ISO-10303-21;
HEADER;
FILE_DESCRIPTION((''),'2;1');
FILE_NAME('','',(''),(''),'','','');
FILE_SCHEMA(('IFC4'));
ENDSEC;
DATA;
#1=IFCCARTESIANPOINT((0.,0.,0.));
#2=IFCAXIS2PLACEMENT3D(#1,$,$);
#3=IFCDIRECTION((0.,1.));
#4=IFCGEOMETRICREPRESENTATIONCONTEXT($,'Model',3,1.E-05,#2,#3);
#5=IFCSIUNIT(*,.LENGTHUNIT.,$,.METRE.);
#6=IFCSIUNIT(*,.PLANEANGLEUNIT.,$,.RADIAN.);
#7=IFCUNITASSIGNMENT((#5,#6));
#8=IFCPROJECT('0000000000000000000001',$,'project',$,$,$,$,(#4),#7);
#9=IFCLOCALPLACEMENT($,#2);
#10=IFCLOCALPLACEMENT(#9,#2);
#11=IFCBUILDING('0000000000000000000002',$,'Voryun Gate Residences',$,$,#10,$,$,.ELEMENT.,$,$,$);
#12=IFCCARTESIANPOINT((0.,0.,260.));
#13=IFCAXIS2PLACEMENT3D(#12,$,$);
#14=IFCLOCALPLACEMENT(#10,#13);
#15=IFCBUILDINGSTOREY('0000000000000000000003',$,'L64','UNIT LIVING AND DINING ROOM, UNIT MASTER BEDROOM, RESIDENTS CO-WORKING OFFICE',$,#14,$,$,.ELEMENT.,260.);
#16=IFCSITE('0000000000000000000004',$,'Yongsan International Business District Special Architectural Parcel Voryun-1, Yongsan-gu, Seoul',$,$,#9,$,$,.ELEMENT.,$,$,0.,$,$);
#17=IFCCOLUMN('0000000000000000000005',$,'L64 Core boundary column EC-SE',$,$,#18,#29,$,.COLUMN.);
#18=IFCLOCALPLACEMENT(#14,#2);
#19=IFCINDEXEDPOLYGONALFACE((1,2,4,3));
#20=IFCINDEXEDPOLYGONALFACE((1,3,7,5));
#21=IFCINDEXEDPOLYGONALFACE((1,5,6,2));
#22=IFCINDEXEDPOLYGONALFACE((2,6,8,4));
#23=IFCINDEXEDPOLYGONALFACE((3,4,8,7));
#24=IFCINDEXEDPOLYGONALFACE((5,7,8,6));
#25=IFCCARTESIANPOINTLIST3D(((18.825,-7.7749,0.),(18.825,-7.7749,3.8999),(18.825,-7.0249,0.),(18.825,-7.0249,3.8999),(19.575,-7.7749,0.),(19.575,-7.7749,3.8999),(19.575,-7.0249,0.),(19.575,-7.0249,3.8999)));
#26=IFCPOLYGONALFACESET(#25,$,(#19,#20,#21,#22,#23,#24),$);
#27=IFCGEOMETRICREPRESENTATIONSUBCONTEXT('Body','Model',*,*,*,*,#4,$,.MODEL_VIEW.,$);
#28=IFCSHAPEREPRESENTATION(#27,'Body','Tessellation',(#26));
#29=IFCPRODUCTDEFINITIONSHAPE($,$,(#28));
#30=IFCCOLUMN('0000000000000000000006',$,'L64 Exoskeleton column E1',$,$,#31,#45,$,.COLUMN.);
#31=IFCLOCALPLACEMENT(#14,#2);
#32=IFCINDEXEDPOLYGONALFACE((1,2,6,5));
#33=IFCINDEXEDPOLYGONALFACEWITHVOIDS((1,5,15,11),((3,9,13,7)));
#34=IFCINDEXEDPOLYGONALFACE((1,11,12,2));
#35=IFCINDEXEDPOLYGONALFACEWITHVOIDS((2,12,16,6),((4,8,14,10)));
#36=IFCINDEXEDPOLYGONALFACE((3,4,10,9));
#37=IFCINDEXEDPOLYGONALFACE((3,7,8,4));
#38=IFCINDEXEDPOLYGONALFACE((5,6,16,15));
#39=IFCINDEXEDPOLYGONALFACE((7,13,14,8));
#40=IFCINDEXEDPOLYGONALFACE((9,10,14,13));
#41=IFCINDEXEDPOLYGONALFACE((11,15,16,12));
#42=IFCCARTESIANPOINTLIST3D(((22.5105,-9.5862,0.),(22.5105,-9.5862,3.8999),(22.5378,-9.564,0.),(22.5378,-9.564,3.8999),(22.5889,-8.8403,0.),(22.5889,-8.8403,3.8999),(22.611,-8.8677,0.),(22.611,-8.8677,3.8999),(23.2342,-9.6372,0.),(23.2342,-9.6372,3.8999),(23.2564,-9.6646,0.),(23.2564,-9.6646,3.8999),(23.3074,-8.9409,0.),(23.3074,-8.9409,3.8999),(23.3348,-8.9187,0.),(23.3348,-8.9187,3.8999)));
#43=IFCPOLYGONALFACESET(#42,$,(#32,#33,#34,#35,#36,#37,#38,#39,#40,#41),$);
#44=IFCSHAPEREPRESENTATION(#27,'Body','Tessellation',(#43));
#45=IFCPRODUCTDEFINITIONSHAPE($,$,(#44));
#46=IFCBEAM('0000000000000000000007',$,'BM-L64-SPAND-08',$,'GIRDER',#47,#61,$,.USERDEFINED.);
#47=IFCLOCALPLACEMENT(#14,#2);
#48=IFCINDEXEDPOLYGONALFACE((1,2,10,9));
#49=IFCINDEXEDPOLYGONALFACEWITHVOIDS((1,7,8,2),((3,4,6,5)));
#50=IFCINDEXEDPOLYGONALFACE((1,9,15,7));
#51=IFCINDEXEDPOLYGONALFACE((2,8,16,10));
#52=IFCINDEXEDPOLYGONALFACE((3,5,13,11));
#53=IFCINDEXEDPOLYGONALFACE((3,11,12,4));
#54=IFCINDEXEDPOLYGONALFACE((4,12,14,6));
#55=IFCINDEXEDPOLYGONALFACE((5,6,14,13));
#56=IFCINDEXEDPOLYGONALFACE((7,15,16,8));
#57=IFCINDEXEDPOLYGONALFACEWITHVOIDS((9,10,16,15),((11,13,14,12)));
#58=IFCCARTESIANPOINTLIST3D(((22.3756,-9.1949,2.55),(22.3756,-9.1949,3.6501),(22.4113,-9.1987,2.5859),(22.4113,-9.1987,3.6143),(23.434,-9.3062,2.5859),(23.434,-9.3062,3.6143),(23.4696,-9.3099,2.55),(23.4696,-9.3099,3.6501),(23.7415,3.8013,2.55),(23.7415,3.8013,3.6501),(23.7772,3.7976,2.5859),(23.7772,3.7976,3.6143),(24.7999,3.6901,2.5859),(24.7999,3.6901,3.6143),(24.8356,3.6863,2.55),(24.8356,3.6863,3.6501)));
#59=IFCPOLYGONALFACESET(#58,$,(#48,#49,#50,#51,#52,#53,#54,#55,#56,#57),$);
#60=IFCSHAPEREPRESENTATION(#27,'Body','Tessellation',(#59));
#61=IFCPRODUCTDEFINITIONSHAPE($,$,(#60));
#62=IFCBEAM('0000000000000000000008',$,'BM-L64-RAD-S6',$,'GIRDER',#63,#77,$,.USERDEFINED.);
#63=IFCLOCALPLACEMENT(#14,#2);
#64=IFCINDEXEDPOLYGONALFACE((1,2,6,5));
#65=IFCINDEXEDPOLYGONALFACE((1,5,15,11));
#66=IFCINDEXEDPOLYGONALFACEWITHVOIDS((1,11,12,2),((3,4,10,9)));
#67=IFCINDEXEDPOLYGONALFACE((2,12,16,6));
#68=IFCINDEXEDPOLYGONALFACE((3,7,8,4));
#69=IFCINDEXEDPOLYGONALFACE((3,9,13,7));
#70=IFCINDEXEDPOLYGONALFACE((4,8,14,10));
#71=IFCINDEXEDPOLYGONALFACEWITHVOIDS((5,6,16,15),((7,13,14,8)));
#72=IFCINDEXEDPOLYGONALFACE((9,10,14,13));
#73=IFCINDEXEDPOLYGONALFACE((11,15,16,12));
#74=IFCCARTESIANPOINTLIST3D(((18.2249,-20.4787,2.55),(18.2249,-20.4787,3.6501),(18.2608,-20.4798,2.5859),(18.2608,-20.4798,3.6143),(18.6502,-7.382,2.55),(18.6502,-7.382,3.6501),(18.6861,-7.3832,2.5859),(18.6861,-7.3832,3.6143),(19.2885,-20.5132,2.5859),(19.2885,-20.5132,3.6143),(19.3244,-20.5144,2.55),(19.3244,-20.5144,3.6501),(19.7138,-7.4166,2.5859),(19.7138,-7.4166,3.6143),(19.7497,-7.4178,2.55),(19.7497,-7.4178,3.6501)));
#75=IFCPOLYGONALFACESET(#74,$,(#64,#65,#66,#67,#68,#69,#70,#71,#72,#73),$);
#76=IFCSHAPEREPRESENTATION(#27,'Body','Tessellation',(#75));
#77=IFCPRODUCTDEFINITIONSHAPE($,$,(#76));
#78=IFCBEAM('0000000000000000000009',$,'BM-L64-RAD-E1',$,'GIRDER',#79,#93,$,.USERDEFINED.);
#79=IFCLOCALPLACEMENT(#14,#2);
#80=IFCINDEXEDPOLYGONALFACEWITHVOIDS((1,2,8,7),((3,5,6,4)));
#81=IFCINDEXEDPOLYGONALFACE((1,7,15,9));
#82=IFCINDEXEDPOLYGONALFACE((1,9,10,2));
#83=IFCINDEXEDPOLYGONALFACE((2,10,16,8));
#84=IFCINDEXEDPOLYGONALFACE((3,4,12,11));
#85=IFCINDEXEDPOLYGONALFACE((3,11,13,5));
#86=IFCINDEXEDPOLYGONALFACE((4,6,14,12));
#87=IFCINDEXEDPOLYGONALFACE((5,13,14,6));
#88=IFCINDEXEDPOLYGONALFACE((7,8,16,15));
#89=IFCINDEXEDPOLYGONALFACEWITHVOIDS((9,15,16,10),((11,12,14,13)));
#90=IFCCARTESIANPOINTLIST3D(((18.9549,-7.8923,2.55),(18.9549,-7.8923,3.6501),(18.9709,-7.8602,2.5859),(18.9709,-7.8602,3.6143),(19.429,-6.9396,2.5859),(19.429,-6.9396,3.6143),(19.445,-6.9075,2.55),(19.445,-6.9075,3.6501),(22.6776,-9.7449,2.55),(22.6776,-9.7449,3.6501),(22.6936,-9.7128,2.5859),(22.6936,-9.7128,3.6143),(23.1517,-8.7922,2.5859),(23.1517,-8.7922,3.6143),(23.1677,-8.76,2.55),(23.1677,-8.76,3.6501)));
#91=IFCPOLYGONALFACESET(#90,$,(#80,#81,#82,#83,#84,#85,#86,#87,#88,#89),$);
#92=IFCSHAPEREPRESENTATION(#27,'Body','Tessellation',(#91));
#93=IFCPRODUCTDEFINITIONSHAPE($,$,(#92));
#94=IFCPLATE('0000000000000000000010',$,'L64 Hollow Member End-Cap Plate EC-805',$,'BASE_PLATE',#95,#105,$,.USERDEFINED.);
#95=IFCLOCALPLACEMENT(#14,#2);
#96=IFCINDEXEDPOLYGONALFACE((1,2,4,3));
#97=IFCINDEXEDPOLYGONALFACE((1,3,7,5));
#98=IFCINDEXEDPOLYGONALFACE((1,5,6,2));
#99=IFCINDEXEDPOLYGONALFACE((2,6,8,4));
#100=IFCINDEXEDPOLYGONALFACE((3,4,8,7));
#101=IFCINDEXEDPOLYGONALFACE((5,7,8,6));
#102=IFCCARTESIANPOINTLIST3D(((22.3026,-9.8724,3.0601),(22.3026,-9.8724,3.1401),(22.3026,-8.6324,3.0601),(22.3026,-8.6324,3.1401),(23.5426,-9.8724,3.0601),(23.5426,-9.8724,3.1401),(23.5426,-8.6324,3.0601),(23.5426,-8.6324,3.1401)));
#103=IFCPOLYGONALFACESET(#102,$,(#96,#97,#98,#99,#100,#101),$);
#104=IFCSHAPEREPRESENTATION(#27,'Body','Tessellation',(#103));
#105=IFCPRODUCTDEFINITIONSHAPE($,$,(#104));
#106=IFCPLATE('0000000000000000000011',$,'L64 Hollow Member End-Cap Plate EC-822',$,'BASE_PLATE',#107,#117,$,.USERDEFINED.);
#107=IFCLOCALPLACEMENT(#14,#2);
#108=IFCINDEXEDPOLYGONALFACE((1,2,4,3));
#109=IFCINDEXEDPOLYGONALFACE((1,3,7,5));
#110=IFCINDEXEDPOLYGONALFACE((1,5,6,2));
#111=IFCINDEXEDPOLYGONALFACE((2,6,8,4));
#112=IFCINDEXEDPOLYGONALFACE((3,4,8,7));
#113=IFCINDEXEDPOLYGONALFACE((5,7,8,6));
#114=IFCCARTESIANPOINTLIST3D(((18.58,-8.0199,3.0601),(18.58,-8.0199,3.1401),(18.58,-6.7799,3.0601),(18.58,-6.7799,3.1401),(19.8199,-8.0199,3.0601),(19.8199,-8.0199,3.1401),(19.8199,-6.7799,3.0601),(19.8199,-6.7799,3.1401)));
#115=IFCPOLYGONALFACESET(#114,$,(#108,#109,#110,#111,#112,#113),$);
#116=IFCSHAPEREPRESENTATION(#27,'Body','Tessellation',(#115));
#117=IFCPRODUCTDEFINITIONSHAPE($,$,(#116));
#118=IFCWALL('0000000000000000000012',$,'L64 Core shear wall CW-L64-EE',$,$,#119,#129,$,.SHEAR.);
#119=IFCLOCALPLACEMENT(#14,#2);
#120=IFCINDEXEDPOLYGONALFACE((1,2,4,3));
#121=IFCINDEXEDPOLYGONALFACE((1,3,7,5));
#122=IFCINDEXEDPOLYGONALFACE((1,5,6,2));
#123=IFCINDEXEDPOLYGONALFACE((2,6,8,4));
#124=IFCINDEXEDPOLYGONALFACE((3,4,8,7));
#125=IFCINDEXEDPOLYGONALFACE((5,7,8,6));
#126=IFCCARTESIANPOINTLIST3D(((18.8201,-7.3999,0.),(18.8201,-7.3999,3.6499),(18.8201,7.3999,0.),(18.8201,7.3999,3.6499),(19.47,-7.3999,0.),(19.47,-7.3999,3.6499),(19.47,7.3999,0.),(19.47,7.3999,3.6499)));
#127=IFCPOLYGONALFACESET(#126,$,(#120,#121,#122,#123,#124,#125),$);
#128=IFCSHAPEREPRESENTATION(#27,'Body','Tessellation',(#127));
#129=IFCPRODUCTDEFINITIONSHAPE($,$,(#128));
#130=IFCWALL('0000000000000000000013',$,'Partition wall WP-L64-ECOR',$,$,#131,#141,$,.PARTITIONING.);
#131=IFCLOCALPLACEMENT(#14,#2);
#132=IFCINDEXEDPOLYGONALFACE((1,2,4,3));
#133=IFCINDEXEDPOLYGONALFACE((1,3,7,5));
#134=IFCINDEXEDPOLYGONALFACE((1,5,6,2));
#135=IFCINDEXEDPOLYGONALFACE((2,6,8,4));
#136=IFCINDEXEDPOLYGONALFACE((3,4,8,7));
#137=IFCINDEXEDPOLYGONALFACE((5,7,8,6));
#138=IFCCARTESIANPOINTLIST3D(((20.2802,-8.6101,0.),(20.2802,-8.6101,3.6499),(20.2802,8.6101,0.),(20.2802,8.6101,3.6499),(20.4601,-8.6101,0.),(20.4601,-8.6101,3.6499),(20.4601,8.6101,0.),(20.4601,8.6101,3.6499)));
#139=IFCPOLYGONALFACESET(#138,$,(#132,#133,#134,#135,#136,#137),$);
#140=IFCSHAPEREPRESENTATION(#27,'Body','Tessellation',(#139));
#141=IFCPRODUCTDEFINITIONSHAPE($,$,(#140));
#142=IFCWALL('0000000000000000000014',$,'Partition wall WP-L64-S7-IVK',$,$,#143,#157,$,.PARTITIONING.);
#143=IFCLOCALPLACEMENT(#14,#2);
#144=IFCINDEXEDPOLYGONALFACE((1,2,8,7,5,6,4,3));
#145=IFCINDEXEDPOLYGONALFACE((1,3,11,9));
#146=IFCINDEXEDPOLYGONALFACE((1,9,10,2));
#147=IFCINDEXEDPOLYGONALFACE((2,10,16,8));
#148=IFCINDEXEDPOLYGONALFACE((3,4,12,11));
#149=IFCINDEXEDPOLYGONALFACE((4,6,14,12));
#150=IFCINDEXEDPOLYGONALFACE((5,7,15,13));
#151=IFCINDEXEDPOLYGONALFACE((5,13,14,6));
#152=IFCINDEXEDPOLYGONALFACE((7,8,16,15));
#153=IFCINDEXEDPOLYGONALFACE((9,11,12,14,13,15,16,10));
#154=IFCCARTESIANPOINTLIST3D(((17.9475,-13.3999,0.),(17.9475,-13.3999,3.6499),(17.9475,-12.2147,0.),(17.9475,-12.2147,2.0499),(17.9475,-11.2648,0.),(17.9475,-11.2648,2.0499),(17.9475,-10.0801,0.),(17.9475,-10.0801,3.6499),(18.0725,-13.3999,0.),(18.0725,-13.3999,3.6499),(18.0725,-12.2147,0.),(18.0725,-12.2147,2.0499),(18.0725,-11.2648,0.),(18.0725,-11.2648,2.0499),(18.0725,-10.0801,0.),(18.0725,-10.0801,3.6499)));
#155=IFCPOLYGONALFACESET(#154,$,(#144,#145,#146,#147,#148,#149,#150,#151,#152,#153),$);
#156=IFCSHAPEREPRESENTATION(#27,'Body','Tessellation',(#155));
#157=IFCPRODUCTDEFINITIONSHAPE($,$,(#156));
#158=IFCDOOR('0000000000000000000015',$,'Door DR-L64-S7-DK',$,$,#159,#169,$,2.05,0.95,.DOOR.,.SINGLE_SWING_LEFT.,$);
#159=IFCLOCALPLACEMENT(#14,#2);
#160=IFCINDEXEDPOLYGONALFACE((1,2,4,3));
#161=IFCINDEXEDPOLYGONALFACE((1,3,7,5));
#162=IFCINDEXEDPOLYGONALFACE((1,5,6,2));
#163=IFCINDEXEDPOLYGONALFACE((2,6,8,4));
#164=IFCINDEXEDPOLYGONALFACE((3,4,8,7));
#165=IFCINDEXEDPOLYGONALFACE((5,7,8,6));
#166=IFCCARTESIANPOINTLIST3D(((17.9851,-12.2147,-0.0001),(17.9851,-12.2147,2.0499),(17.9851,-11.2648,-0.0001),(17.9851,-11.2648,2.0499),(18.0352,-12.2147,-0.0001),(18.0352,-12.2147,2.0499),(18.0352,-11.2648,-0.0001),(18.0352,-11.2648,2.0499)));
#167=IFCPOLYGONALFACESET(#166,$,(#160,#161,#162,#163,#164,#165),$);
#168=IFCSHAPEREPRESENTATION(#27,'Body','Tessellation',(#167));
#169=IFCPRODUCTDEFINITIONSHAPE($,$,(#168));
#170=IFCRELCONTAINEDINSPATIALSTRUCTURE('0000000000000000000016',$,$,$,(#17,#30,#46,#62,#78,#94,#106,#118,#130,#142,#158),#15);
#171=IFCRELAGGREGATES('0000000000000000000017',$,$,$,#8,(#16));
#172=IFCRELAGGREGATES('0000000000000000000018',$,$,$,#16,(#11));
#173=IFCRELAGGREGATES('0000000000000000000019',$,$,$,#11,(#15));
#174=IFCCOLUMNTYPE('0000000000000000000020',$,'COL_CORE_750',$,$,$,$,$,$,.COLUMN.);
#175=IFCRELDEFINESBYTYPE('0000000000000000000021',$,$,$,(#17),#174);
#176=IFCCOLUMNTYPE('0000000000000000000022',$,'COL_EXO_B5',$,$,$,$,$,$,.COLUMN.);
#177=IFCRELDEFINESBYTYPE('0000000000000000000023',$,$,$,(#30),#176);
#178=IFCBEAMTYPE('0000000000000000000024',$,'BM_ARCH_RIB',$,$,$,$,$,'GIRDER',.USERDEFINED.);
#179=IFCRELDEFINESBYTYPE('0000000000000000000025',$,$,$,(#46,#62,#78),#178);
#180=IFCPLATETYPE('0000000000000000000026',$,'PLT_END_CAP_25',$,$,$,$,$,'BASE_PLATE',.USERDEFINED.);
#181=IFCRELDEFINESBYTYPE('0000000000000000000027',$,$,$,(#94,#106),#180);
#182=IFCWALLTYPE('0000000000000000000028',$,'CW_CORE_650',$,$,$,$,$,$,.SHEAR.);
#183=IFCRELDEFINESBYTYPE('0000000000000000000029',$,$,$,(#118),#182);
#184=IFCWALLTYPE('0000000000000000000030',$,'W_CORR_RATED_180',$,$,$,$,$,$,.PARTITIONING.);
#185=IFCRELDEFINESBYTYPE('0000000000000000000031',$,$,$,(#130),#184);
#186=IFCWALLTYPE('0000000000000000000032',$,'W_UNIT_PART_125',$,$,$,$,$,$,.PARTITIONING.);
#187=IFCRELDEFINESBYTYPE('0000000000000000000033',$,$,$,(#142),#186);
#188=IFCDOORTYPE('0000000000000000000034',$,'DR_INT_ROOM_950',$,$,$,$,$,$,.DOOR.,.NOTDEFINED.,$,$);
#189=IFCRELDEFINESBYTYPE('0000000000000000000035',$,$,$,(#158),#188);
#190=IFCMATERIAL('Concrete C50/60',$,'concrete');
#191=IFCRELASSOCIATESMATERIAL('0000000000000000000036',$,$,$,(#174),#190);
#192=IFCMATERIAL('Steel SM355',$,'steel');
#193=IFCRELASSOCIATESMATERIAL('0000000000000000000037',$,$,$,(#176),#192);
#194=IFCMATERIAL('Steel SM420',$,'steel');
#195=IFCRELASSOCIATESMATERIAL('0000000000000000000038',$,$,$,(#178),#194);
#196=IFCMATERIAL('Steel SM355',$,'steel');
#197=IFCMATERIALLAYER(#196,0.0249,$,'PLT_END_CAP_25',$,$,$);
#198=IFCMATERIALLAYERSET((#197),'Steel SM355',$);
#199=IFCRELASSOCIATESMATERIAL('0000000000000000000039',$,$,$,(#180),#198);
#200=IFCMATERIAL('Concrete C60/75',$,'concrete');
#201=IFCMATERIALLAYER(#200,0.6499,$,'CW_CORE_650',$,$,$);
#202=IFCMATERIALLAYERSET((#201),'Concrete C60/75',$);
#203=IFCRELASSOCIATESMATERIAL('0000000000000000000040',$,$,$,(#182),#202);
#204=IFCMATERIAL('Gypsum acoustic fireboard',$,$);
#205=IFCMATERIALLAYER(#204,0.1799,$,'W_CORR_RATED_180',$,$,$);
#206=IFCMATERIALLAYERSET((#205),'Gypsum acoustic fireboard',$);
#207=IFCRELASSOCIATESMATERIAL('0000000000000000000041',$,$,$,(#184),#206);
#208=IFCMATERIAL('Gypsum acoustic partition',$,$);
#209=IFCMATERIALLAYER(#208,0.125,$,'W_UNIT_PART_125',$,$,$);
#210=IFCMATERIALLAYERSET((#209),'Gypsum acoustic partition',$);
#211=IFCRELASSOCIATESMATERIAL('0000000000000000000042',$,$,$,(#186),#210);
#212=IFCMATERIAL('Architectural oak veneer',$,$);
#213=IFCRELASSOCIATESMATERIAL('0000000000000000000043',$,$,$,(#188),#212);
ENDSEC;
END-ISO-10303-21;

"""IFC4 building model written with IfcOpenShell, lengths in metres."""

from ifc_helpers import new_model, si_unit, direction, frame, frame_2d, origin, origin_2d, place, context, subcontext, project, spatial, rectangle, hollow_rectangle, extrude, material, layer, layer_set, material_profile, profile_set, type_object, element, fill, save


model = new_model("IFC4")

# Units and contexts
model_context = context("Model", 3, precision=1e-05, world=origin(), true_north=direction((0.0, 1.0)))
body_context = subcontext(model_context, "Body", "Model", "MODEL_VIEW")
ifc_project = project(units=[si_unit("LENGTHUNIT", "METRE"), si_unit("PLANEANGLEUNIT", "RADIAN")], contexts=[model_context])

# Site, building, storey
site_placement = place(None, origin())
site = spatial("IfcSite", under=ifc_project, at=site_placement, Name="Yongsan International Business District Special Architectural Parcel Voryun-1, Yongsan-gu, Seoul", CompositionType="ELEMENT", RefElevation=0.0)
building_placement = place(site_placement, origin())
building = spatial("IfcBuilding", under=site, at=building_placement, Name="Voryun Gate Residences", CompositionType="ELEMENT")
storey_placement = place(building_placement, frame((0.0, 0.0, 260.0)))
storey = spatial("IfcBuildingStorey", under=building, at=storey_placement, Name="L64", Description="UNIT LIVING AND DINING ROOM, UNIT MASTER BEDROOM, RESIDENTS CO-WORKING OFFICE", CompositionType="ELEMENT", Elevation=260.0)

# Columns
ifc_material_1 = material(Name="Concrete C50/60", Category="concrete")
ifc_material_profile_1 = material_profile(ifc_material_1, rectangle(XDim=0.75, YDim=0.75, at=origin_2d()), Name="RC-750x750")
ifc_profile_set_1 = profile_set([ifc_material_profile_1], Name="Concrete C50/60")
column_type_1 = type_object("IfcColumnType", Name="COL_CORE_750", PredefinedType="COLUMN", material=ifc_profile_set_1)
column_1_placement = place(storey_placement, frame((19.2, -7.3999, 0.0), z_axis=(0.0, 0.0, 1.0), x_axis=(1.0, 0.0, 0.0)))
element("IfcColumn", 1, at=column_1_placement, inside=storey, type_object=column_type_1, Name="L64 Core boundary column EC-SE", PredefinedType="COLUMN", context=body_context, shape_type="SweptSolid", body=[
    extrude(rectangle(XDim=0.75, YDim=0.75, at=origin_2d()), origin(), (0.0, 0.0, 1.0), 3.8999),
])
ifc_material_2 = material(Name="Steel SM355", Category="steel")
ifc_material_profile_2 = material_profile(ifc_material_2, hollow_rectangle(XDim=0.75, YDim=0.75, WallThickness=0.0249, at=origin_2d()), Name="BOX-750x750x25")
ifc_profile_set_2 = profile_set([ifc_material_profile_2], Name="Steel SM355")
column_type_2 = type_object("IfcColumnType", Name="COL_EXO_B5", PredefinedType="COLUMN", material=ifc_profile_set_2)
column_2_placement = place(storey_placement, frame((22.9226, -9.2524, 0.0), z_axis=(0.0, 0.0, 1.0), x_axis=(0.994522, -0.104528, 0.0)))
element("IfcColumn", 2, at=column_2_placement, inside=storey, type_object=column_type_2, Name="L64 Exoskeleton column E1", PredefinedType="COLUMN", context=body_context, shape_type="SweptSolid", body=[
    extrude(hollow_rectangle(XDim=0.75, YDim=0.75, WallThickness=0.0249, at=origin_2d()), origin(), (0.0, 0.0, 1.0), 3.8999),
])

# Beams
ifc_material_3 = material(Name="Steel SM420", Category="steel")
ifc_material_profile_3 = material_profile(ifc_material_3, hollow_rectangle(XDim=1.1001, YDim=1.1001, WallThickness=0.0359, at=origin_2d()), Name="BOX-1100x1100x36")
ifc_profile_set_3 = profile_set([ifc_material_profile_3], Name="Steel SM420")
beam_type = type_object("IfcBeamType", Name="BM_ARCH_RIB", ElementType="GIRDER", PredefinedType="USERDEFINED", material=ifc_profile_set_3)
beam_1_placement = place(storey_placement, frame((22.9226, -9.2524, 3.1001), z_axis=(0.104528, 0.994522, 0.0), x_axis=(-0.994522, 0.104528, 0.0)))
element("IfcBeam", 3, at=beam_1_placement, inside=storey, type_object=beam_type, Name="BM-L64-SPAND-08", ObjectType="GIRDER", PredefinedType="USERDEFINED", context=body_context, shape_type="SweptSolid", body=[
    extrude(hollow_rectangle(XDim=1.1001, YDim=1.1001, WallThickness=0.0359, at=origin_2d()), origin(), (0.0, 0.0, 1.0), 13.0679),
])
beam_2_placement = place(storey_placement, frame((19.2, -7.3999, 3.1001), z_axis=(-0.032456, -0.999473, 0.0), x_axis=(0.999473, -0.032456, 0.0)))
element("IfcBeam", 4, at=beam_2_placement, inside=storey, type_object=beam_type, Name="BM-L64-RAD-S6", ObjectType="GIRDER", PredefinedType="USERDEFINED", context=body_context, shape_type="SweptSolid", body=[
    extrude(hollow_rectangle(XDim=1.1001, YDim=1.1001, WallThickness=0.0359, at=origin_2d()), origin(), (0.0, 0.0, 1.0), 13.1035),
])
beam_3_placement = place(storey_placement, frame((19.2, -7.3999, 3.1001), z_axis=(0.895271, -0.445522, 0.0), x_axis=(0.445522, 0.895271, 0.0)))
element("IfcBeam", 5, at=beam_3_placement, inside=storey, type_object=beam_type, Name="BM-L64-RAD-E1", ObjectType="GIRDER", PredefinedType="USERDEFINED", context=body_context, shape_type="SweptSolid", body=[
    extrude(hollow_rectangle(XDim=1.1001, YDim=1.1001, WallThickness=0.0359, at=origin_2d()), origin(), (0.0, 0.0, 1.0), 4.1582),
])

# Plates
ifc_material_4 = material(Name="Steel SM355", Category="steel")
ifc_layer_1 = layer(ifc_material_4, 0.0249, Name="PLT_END_CAP_25")
ifc_layer_set_1 = layer_set([ifc_layer_1], Name="Steel SM355")
plate_type = type_object("IfcPlateType", Name="PLT_END_CAP_25", ElementType="BASE_PLATE", PredefinedType="USERDEFINED", material=ifc_layer_set_1)
for number, where, z_axis, x_axis, name in (
    (6, (22.9226, -9.2524, 3.0601), (0.0, 0.0, 1.0), (1.0, 0.0, 0.0), "L64 Hollow Member End-Cap Plate EC-805"),
    (7, (19.2, -7.3999, 3.0601), (0.0, 0.0, 1.0), (1.0, 0.0, 0.0), "L64 Hollow Member End-Cap Plate EC-822"),
):
    element("IfcPlate", number, at=place(storey_placement, frame(where, z_axis=z_axis, x_axis=x_axis)), inside=storey, type_object=plate_type, Name=name, ObjectType="BASE_PLATE", PredefinedType="USERDEFINED", context=body_context, shape_type="SweptSolid", body=[
        extrude(rectangle(XDim=1.24, YDim=1.24, at=origin_2d()), origin(), (0.0, 0.0, 1.0), 0.0801),
    ])

# Walls
ifc_material_5 = material(Name="Concrete C60/75", Category="concrete")
ifc_layer_2 = layer(ifc_material_5, 0.6499, Name="CW_CORE_650")
ifc_layer_set_2 = layer_set([ifc_layer_2], Name="Concrete C60/75")
wall_type_1 = type_object("IfcWallType", Name="CW_CORE_650", PredefinedType="SHEAR", material=ifc_layer_set_2)
wall_1_placement = place(storey_placement, frame((19.145, -7.3999, 0.0), z_axis=(0.0, 0.0, 1.0), x_axis=(0.0, 1.0, 0.0)))
element("IfcWall", 8, at=wall_1_placement, inside=storey, type_object=wall_type_1, Name="L64 Core shear wall CW-L64-EE", PredefinedType="SHEAR", context=body_context, shape_type="SweptSolid", body=[
    extrude(rectangle(XDim=14.7998, YDim=0.6499, at=frame_2d((7.3999, 0.0))), origin(), (0.0, 0.0, 1.0), 3.6499),
])
ifc_material_6 = material(Name="Gypsum acoustic fireboard")
ifc_layer_3 = layer(ifc_material_6, 0.1799, Name="W_CORR_RATED_180")
ifc_layer_set_3 = layer_set([ifc_layer_3], Name="Gypsum acoustic fireboard")
wall_type_2 = type_object("IfcWallType", Name="W_CORR_RATED_180", PredefinedType="PARTITIONING", material=ifc_layer_set_3)
wall_2_placement = place(storey_placement, frame((20.3701, -8.6101, 0.0), z_axis=(0.0, 0.0, 1.0), x_axis=(0.0, 1.0, 0.0)))
element("IfcWall", 9, at=wall_2_placement, inside=storey, type_object=wall_type_2, Name="Partition wall WP-L64-ECOR", PredefinedType="PARTITIONING", context=body_context, shape_type="SweptSolid", body=[
    extrude(rectangle(XDim=17.2202, YDim=0.1799, at=frame_2d((8.6101, 0.0))), origin(), (0.0, 0.0, 1.0), 3.6499),
])

# Wall, opening, door
ifc_material_7 = material(Name="Gypsum acoustic partition")
ifc_layer_4 = layer(ifc_material_7, 0.125, Name="W_UNIT_PART_125")
ifc_layer_set_4 = layer_set([ifc_layer_4], Name="Gypsum acoustic partition")
wall_type_3 = type_object("IfcWallType", Name="W_UNIT_PART_125", PredefinedType="PARTITIONING", material=ifc_layer_set_4)
wall_3_placement = place(storey_placement, frame((18.01, -13.3999, 0.0), z_axis=(0.0, 0.0, 1.0), x_axis=(0.0, 1.0, 0.0)))
wall_3 = element("IfcWall", 10, at=wall_3_placement, inside=storey, type_object=wall_type_3, Name="Partition wall WP-L64-S7-IVK", PredefinedType="PARTITIONING", context=body_context, shape_type="SweptSolid", body=[
    extrude(rectangle(XDim=3.3198, YDim=0.125, at=frame_2d((1.6599, 0.0))), origin(), (0.0, 0.0, 1.0), 3.6499),
])
opening_1_placement = place(wall_3_placement, frame((1.1851, 0.0, 0.0)))
opening_1 = element("IfcOpeningElement", 11, at=opening_1_placement, cuts=wall_3, PredefinedType="OPENING", context=body_context, shape_type="SweptSolid", body=[
    extrude(rectangle(XDim=0.95, YDim=2.05, at=frame_2d((0.4751, 1.0249))), frame((0.0, 0.0725, 0.0), z_axis=(0.0, -1.0, 0.0), x_axis=(1.0, 0.0, 0.0)), (0.0, 0.0, 1.0), 0.145),
])
ifc_material_8 = material(Name="Architectural oak veneer")
door_type_1 = type_object("IfcDoorType", Name="DR_INT_ROOM_950", OperationType="NOTDEFINED", PredefinedType="DOOR", material=ifc_material_8)
door_1_placement = place(opening_1_placement, origin())
door_1 = element("IfcDoor", 12, at=door_1_placement, inside=storey, type_object=door_type_1, Name="Door DR-L64-S7-DK", OperationType="SINGLE_SWING_LEFT", OverallHeight=2.05, OverallWidth=0.95, PredefinedType="DOOR", context=body_context, shape_type="SweptSolid", body=[
    extrude(rectangle(XDim=0.95, YDim=2.05, at=frame_2d((0.4751, 1.0249))), frame((0.0, 0.0249, 0.0), z_axis=(0.0, -1.0, 0.0), x_axis=(1.0, 0.0, 0.0)), (0.0, 0.0, 1.0), 0.05),
])
fill(opening_1, door_1)

save(model, "model.ifc")
